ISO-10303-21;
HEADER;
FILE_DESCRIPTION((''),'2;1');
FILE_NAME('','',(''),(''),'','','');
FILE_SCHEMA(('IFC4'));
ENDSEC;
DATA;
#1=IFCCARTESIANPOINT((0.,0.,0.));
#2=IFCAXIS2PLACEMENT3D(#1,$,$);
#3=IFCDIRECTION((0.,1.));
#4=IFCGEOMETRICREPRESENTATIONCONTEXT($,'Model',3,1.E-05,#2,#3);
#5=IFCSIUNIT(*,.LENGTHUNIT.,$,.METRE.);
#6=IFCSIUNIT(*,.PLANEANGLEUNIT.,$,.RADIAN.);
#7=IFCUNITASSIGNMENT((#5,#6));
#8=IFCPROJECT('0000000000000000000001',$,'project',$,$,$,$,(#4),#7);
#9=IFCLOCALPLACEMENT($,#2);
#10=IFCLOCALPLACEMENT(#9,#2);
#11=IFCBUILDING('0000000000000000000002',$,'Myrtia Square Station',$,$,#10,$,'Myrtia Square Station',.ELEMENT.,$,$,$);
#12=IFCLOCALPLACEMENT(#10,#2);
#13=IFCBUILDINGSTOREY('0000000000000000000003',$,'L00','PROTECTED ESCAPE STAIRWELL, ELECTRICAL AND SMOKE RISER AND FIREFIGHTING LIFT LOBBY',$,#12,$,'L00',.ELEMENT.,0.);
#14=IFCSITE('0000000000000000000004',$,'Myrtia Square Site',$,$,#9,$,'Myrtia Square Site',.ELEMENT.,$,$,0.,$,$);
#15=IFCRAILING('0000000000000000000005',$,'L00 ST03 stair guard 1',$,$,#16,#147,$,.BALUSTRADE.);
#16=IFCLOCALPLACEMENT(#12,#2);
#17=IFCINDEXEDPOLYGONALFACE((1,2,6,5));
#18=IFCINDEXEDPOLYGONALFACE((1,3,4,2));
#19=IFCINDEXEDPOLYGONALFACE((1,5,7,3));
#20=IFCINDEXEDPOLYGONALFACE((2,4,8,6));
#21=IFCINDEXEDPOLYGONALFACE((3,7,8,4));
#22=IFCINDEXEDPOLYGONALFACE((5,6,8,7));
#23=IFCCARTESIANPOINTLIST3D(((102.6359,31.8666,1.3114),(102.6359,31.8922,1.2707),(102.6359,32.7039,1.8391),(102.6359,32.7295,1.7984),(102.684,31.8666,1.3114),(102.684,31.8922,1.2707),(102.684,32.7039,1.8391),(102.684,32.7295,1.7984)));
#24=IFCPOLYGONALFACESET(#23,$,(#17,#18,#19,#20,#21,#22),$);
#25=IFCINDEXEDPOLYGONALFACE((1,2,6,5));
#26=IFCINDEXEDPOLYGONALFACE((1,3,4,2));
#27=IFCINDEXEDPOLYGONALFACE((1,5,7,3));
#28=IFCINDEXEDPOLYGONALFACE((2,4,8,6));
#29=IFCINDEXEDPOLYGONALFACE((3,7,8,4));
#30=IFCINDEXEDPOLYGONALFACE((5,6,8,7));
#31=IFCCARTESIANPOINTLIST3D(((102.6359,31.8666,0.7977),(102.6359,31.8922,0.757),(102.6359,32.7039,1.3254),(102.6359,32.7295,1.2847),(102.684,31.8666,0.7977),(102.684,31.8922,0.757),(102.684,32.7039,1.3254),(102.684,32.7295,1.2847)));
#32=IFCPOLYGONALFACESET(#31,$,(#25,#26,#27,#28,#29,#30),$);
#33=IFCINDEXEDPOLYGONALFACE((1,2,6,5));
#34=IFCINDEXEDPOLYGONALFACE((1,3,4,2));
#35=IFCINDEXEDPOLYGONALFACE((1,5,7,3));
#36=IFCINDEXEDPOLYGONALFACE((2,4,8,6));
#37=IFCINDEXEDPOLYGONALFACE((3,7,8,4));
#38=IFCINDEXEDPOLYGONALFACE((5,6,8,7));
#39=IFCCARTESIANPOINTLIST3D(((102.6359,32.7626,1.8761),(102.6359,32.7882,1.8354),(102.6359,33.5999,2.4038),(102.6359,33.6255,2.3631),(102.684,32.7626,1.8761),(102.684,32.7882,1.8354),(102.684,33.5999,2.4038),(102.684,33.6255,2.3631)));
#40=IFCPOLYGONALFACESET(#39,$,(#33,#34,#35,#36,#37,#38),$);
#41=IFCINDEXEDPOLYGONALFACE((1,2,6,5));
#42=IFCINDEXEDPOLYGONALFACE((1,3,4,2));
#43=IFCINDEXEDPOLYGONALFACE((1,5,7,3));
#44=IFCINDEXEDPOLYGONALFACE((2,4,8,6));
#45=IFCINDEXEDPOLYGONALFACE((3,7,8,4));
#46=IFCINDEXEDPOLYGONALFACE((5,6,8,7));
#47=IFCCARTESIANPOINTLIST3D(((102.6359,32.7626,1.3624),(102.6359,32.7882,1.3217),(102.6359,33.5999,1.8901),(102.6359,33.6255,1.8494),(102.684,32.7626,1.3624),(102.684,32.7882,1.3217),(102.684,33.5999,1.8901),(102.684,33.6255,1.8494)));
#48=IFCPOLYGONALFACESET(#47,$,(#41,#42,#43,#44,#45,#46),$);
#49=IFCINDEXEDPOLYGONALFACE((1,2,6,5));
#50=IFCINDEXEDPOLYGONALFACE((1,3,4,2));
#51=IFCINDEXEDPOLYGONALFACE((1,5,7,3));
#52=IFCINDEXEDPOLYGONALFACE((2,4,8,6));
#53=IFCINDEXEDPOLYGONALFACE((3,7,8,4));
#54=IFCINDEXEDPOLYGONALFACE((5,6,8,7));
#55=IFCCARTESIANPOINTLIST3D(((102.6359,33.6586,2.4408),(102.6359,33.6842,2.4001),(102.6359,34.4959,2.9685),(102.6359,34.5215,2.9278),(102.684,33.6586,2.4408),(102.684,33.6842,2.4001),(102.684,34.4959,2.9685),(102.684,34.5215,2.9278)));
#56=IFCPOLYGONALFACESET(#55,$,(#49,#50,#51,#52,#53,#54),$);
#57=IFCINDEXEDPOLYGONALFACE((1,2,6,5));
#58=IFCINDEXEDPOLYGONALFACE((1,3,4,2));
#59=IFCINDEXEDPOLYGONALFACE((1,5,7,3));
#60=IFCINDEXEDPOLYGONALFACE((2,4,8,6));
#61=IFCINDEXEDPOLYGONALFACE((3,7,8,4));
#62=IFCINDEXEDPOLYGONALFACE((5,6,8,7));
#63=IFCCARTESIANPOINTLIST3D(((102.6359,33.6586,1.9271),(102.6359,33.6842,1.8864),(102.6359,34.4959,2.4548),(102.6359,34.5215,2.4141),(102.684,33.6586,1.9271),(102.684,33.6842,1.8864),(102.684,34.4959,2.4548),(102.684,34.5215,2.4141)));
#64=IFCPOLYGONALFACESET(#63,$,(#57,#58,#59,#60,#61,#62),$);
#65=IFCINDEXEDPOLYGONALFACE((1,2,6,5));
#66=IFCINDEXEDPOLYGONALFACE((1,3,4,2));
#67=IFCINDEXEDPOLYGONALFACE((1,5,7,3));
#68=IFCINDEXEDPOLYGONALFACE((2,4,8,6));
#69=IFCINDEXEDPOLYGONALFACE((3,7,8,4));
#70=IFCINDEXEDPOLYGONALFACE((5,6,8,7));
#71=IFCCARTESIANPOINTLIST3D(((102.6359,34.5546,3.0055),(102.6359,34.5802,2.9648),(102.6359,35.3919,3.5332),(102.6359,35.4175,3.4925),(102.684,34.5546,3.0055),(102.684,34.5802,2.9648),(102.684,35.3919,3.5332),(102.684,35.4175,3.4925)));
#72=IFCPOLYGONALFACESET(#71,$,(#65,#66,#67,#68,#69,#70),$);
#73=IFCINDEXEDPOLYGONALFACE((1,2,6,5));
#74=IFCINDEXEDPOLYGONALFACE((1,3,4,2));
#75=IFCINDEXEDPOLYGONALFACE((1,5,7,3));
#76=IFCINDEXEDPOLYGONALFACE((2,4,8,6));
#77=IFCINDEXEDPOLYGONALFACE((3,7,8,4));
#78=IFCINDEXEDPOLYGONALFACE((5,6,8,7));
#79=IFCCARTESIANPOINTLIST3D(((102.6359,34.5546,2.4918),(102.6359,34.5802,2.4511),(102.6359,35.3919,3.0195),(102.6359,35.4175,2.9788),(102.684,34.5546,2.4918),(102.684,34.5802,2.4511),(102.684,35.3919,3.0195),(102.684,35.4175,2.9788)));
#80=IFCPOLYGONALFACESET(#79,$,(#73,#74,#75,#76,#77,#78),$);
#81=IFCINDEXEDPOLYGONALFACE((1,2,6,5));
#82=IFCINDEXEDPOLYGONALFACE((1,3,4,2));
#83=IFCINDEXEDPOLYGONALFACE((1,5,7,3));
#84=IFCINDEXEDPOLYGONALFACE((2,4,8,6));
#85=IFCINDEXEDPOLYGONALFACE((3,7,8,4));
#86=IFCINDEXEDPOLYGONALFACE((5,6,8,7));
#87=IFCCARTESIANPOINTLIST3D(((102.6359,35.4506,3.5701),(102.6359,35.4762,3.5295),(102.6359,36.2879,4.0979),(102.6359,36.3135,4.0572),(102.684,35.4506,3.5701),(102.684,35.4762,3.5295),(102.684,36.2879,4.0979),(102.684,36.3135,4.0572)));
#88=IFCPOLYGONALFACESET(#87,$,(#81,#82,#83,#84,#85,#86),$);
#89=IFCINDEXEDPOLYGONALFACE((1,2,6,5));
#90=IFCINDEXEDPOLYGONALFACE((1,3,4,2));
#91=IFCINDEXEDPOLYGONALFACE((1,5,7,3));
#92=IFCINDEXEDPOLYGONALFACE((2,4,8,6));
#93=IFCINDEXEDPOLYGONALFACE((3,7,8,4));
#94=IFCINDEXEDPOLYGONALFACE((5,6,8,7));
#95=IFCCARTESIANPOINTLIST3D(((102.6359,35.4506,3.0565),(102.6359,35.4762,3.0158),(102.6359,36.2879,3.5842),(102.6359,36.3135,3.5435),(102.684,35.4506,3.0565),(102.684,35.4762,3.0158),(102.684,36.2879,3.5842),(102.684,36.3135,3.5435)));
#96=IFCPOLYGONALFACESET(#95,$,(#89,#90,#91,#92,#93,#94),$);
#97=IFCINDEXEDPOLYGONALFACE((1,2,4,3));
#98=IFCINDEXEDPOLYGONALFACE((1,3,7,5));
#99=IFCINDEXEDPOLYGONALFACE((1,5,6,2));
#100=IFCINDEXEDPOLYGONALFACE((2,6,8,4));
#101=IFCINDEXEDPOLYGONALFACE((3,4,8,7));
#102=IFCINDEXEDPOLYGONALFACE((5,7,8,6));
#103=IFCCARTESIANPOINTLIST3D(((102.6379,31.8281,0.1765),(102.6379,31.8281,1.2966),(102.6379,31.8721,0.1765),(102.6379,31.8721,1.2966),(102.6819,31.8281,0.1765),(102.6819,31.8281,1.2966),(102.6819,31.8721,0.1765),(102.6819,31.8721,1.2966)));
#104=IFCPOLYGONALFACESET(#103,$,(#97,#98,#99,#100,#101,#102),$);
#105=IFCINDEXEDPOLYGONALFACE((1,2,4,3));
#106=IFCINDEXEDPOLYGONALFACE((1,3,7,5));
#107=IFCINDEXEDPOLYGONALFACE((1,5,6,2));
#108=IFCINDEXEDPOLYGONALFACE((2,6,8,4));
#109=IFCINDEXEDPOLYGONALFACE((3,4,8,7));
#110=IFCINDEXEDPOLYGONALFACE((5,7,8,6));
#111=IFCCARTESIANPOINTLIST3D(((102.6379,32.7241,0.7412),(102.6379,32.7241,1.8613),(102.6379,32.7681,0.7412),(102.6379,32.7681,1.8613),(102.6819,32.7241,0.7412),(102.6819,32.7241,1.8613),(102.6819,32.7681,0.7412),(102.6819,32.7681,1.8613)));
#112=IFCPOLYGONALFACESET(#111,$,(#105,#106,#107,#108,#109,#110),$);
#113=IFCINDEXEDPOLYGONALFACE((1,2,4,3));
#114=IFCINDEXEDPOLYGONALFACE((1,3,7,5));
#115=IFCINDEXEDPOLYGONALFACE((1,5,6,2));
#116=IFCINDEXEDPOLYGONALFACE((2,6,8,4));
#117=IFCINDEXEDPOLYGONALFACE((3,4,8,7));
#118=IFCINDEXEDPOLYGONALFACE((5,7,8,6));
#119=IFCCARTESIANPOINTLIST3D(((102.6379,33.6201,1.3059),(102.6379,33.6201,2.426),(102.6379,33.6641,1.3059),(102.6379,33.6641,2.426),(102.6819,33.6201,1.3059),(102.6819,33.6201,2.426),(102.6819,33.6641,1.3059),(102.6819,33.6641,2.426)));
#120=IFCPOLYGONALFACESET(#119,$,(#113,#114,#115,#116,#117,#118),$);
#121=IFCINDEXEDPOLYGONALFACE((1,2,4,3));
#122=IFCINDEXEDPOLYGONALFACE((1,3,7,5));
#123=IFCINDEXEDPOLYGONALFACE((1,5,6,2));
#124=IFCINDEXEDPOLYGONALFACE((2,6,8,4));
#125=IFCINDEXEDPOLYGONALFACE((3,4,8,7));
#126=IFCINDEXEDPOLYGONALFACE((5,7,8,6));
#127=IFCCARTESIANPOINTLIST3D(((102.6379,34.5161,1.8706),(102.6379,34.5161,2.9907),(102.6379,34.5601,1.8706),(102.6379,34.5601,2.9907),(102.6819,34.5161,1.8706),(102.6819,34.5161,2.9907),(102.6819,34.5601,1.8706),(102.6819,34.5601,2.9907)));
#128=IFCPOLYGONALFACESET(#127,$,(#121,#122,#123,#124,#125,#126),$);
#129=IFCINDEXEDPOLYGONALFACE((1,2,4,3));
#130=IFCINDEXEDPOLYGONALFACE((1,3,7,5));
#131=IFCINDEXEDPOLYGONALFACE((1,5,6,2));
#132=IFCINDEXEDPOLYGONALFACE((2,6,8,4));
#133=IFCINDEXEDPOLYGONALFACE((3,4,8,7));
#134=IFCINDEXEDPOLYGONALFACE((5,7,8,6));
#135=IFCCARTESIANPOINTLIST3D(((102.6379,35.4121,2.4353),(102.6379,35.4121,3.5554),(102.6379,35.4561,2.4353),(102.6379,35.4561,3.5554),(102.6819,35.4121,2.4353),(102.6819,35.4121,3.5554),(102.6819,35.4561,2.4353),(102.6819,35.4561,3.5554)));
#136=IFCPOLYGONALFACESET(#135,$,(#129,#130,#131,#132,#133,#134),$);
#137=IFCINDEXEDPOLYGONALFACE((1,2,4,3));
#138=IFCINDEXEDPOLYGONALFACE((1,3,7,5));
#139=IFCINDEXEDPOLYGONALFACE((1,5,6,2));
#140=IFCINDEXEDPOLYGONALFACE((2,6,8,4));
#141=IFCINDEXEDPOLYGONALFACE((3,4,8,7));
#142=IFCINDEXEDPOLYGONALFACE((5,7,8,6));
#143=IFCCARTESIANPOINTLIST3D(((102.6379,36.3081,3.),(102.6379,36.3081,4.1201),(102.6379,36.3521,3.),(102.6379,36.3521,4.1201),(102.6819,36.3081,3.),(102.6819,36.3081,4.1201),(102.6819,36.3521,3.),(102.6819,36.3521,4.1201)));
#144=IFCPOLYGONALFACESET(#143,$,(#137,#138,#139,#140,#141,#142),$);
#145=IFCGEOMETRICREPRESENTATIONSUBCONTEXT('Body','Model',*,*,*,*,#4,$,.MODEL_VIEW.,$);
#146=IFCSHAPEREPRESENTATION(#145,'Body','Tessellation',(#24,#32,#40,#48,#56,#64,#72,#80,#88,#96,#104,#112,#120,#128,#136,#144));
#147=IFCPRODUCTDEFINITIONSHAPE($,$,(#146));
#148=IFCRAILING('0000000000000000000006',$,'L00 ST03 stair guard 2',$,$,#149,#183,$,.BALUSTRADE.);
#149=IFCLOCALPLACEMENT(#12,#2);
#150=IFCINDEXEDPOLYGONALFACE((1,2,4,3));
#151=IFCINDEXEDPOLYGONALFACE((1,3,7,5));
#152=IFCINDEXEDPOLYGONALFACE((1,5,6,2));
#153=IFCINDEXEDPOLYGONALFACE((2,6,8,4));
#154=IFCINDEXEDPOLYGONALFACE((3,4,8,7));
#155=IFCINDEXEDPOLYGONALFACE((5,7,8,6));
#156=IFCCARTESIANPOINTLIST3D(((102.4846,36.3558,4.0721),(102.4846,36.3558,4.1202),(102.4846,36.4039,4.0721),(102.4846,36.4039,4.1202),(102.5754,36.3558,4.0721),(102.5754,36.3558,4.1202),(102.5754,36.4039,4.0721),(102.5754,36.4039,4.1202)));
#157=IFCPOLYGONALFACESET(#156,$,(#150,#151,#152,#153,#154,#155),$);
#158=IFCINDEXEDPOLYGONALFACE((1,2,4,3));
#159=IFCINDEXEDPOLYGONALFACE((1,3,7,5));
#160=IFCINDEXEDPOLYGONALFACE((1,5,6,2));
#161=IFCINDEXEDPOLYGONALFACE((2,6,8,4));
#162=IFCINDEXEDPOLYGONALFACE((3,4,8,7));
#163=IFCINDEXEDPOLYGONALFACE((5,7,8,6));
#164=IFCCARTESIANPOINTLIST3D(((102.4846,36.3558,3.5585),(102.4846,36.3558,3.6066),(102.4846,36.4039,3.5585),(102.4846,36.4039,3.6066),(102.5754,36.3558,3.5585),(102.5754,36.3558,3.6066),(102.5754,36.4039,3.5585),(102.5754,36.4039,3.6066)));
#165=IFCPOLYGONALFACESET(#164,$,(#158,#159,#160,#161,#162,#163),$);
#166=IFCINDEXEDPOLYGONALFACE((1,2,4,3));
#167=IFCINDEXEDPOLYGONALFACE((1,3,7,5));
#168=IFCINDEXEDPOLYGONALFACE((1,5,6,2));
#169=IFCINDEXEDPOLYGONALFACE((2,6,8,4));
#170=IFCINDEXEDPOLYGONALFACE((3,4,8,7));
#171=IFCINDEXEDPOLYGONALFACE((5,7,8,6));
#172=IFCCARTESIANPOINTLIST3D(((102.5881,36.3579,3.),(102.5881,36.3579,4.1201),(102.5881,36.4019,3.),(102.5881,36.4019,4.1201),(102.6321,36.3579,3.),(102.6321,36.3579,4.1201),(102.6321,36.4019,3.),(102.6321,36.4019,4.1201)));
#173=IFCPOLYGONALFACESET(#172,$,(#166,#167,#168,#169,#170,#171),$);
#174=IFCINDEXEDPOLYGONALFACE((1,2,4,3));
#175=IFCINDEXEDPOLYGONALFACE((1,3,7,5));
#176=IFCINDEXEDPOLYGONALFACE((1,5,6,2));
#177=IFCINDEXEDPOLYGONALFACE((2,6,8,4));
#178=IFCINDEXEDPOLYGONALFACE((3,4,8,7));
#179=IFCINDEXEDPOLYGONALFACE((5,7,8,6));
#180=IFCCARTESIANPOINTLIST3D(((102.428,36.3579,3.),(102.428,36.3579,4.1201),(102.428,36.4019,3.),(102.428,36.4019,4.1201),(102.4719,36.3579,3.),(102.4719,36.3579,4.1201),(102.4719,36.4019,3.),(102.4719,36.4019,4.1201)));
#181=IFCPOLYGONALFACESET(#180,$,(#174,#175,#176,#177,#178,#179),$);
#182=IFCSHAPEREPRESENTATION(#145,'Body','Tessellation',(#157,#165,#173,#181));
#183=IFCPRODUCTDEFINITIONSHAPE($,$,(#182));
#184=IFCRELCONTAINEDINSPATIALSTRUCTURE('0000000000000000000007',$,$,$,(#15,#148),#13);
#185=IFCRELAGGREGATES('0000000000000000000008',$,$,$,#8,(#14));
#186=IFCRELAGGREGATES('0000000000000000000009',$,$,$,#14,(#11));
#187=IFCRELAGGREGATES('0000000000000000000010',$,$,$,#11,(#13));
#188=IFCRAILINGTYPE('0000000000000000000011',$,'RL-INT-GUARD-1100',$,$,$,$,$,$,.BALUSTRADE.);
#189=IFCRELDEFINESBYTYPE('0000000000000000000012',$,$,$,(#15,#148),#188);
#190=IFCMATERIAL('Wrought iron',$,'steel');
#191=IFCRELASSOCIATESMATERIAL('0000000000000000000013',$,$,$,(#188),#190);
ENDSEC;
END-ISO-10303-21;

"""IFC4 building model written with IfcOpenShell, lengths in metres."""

from ifc_helpers import new_model, si_unit, direction, frame, origin, origin_2d, place, context, subcontext, project, spatial, rectangle, extrude, material, type_object, element, save


model = new_model("IFC4")

# Units and contexts
model_context = context("Model", 3, precision=1e-05, world=origin(), true_north=direction((0.0, 1.0)))
body_context = subcontext(model_context, "Body", "Model", "MODEL_VIEW")
ifc_project = project(units=[si_unit("LENGTHUNIT", "METRE"), si_unit("PLANEANGLEUNIT", "RADIAN")], contexts=[model_context])

# Site, building, storey
site_placement = place(None, origin())
site = spatial("IfcSite", under=ifc_project, at=site_placement, Name="Myrtia Square Site", LongName="Myrtia Square Site", CompositionType="ELEMENT", RefElevation=0.0)
building_placement = place(site_placement, origin())
building = spatial("IfcBuilding", under=site, at=building_placement, Name="Myrtia Square Station", LongName="Myrtia Square Station", CompositionType="ELEMENT")
storey_placement = place(building_placement, origin())
storey = spatial("IfcBuildingStorey", under=building, at=storey_placement, Name="L00", Description="PROTECTED ESCAPE STAIRWELL, ELECTRICAL AND SMOKE RISER AND FIREFIGHTING LIFT LOBBY", LongName="L00", CompositionType="ELEMENT", Elevation=0.0)

# Railings
ifc_material_1 = material(Name="Wrought iron", Category="steel")
railing_type_1 = type_object("IfcRailingType", Name="RL-INT-GUARD-1100", PredefinedType="BALUSTRADE", material=ifc_material_1)
railing_1_placement = place(storey_placement, frame((102.6599, 31.8501, 0.1765)))
element("IfcRailing", 1, at=railing_1_placement, inside=storey, type_object=railing_type_1, Name="L00 ST03 stair guard 1", PredefinedType="BALUSTRADE", context=body_context, shape_type="SweptSolid", body=[
    extrude(rectangle(XDim=0.0481, YDim=0.0481, at=origin_2d()), frame((0.0, 0.0293, 1.1145), z_axis=(0.0, 0.845998, 0.533186), x_axis=(-1.0, 0.0, 0.0)), (0.0, 0.0, 1.0), 0.9897),
    extrude(rectangle(XDim=0.0481, YDim=0.0481, at=origin_2d()), frame((0.0, 0.0293, 0.6008), z_axis=(0.0, 0.845998, 0.533186), x_axis=(-1.0, 0.0, 0.0)), (0.0, 0.0, 1.0), 0.9897),
    extrude(rectangle(XDim=0.0481, YDim=0.0481, at=origin_2d()), frame((0.0, 0.9253, 1.6792), z_axis=(0.0, 0.845998, 0.533186), x_axis=(-1.0, 0.0, 0.0)), (0.0, 0.0, 1.0), 0.9897),
    extrude(rectangle(XDim=0.0481, YDim=0.0481, at=origin_2d()), frame((0.0, 0.9253, 1.1655), z_axis=(0.0, 0.845998, 0.533186), x_axis=(-1.0, 0.0, 0.0)), (0.0, 0.0, 1.0), 0.9897),
    extrude(rectangle(XDim=0.0481, YDim=0.0481, at=origin_2d()), frame((0.0, 1.8213, 2.2439), z_axis=(0.0, 0.845998, 0.533186), x_axis=(-1.0, 0.0, 0.0)), (0.0, 0.0, 1.0), 0.9897),
    extrude(rectangle(XDim=0.0481, YDim=0.0481, at=origin_2d()), frame((0.0, 1.8213, 1.7302), z_axis=(0.0, 0.845998, 0.533186), x_axis=(-1.0, 0.0, 0.0)), (0.0, 0.0, 1.0), 0.9897),
    extrude(rectangle(XDim=0.0481, YDim=0.0481, at=origin_2d()), frame((0.0, 2.7173, 2.8086), z_axis=(0.0, 0.845998, 0.533186), x_axis=(-1.0, 0.0, 0.0)), (0.0, 0.0, 1.0), 0.9897),
    extrude(rectangle(XDim=0.0481, YDim=0.0481, at=origin_2d()), frame((0.0, 2.7173, 2.2949), z_axis=(0.0, 0.845998, 0.533186), x_axis=(-1.0, 0.0, 0.0)), (0.0, 0.0, 1.0), 0.9897),
    extrude(rectangle(XDim=0.0481, YDim=0.0481, at=origin_2d()), frame((0.0, 3.6133, 3.3733), z_axis=(0.0, 0.845998, 0.533186), x_axis=(-1.0, 0.0, 0.0)), (0.0, 0.0, 1.0), 0.9897),
    extrude(rectangle(XDim=0.0481, YDim=0.0481, at=origin_2d()), frame((0.0, 3.6133, 2.8596), z_axis=(0.0, 0.845998, 0.533186), x_axis=(-1.0, 0.0, 0.0)), (0.0, 0.0, 1.0), 0.9897),
    extrude(rectangle(XDim=0.0439, YDim=0.0439, at=origin_2d()), origin(), (0.0, 0.0, 1.0), 1.1201),
    extrude(rectangle(XDim=0.0439, YDim=0.0439, at=origin_2d()), frame((0.0, 0.896, 0.5647)), (0.0, 0.0, 1.0), 1.1201),
    extrude(rectangle(XDim=0.0439, YDim=0.0439, at=origin_2d()), frame((0.0, 1.792, 1.1294)), (0.0, 0.0, 1.0), 1.1201),
    extrude(rectangle(XDim=0.0439, YDim=0.0439, at=origin_2d()), frame((0.0, 2.688, 1.6941)), (0.0, 0.0, 1.0), 1.1201),
    extrude(rectangle(XDim=0.0439, YDim=0.0439, at=origin_2d()), frame((0.0, 3.584, 2.2588)), (0.0, 0.0, 1.0), 1.1201),
    extrude(rectangle(XDim=0.0439, YDim=0.0439, at=origin_2d()), frame((0.0, 4.48, 2.8235)), (0.0, 0.0, 1.0), 1.1201),
])
railing_2_placement = place(storey_placement, frame((102.6101, 36.3799, 3.0)))
element("IfcRailing", 2, at=railing_2_placement, inside=storey, type_object=railing_type_1, Name="L00 ST03 stair guard 2", PredefinedType="BALUSTRADE", context=body_context, shape_type="SweptSolid", body=[
    extrude(rectangle(XDim=0.0481, YDim=0.0481, at=origin_2d()), frame((-0.0347, 0.0, 1.0962), z_axis=(-1.0, 0.0, 0.0), x_axis=(0.0, -1.0, 0.0)), (0.0, 0.0, 1.0), 0.0908),
    extrude(rectangle(XDim=0.0481, YDim=0.0481, at=origin_2d()), frame((-0.0347, 0.0, 0.5825), z_axis=(-1.0, 0.0, 0.0), x_axis=(0.0, -1.0, 0.0)), (0.0, 0.0, 1.0), 0.0908),
    extrude(rectangle(XDim=0.0439, YDim=0.0439, at=origin_2d()), origin(), (0.0, 0.0, 1.0), 1.1201),
    extrude(rectangle(XDim=0.0439, YDim=0.0439, at=origin_2d()), frame((-0.1602, 0.0, 0.0)), (0.0, 0.0, 1.0), 1.1201),
])

save(model, "model.ifc")
